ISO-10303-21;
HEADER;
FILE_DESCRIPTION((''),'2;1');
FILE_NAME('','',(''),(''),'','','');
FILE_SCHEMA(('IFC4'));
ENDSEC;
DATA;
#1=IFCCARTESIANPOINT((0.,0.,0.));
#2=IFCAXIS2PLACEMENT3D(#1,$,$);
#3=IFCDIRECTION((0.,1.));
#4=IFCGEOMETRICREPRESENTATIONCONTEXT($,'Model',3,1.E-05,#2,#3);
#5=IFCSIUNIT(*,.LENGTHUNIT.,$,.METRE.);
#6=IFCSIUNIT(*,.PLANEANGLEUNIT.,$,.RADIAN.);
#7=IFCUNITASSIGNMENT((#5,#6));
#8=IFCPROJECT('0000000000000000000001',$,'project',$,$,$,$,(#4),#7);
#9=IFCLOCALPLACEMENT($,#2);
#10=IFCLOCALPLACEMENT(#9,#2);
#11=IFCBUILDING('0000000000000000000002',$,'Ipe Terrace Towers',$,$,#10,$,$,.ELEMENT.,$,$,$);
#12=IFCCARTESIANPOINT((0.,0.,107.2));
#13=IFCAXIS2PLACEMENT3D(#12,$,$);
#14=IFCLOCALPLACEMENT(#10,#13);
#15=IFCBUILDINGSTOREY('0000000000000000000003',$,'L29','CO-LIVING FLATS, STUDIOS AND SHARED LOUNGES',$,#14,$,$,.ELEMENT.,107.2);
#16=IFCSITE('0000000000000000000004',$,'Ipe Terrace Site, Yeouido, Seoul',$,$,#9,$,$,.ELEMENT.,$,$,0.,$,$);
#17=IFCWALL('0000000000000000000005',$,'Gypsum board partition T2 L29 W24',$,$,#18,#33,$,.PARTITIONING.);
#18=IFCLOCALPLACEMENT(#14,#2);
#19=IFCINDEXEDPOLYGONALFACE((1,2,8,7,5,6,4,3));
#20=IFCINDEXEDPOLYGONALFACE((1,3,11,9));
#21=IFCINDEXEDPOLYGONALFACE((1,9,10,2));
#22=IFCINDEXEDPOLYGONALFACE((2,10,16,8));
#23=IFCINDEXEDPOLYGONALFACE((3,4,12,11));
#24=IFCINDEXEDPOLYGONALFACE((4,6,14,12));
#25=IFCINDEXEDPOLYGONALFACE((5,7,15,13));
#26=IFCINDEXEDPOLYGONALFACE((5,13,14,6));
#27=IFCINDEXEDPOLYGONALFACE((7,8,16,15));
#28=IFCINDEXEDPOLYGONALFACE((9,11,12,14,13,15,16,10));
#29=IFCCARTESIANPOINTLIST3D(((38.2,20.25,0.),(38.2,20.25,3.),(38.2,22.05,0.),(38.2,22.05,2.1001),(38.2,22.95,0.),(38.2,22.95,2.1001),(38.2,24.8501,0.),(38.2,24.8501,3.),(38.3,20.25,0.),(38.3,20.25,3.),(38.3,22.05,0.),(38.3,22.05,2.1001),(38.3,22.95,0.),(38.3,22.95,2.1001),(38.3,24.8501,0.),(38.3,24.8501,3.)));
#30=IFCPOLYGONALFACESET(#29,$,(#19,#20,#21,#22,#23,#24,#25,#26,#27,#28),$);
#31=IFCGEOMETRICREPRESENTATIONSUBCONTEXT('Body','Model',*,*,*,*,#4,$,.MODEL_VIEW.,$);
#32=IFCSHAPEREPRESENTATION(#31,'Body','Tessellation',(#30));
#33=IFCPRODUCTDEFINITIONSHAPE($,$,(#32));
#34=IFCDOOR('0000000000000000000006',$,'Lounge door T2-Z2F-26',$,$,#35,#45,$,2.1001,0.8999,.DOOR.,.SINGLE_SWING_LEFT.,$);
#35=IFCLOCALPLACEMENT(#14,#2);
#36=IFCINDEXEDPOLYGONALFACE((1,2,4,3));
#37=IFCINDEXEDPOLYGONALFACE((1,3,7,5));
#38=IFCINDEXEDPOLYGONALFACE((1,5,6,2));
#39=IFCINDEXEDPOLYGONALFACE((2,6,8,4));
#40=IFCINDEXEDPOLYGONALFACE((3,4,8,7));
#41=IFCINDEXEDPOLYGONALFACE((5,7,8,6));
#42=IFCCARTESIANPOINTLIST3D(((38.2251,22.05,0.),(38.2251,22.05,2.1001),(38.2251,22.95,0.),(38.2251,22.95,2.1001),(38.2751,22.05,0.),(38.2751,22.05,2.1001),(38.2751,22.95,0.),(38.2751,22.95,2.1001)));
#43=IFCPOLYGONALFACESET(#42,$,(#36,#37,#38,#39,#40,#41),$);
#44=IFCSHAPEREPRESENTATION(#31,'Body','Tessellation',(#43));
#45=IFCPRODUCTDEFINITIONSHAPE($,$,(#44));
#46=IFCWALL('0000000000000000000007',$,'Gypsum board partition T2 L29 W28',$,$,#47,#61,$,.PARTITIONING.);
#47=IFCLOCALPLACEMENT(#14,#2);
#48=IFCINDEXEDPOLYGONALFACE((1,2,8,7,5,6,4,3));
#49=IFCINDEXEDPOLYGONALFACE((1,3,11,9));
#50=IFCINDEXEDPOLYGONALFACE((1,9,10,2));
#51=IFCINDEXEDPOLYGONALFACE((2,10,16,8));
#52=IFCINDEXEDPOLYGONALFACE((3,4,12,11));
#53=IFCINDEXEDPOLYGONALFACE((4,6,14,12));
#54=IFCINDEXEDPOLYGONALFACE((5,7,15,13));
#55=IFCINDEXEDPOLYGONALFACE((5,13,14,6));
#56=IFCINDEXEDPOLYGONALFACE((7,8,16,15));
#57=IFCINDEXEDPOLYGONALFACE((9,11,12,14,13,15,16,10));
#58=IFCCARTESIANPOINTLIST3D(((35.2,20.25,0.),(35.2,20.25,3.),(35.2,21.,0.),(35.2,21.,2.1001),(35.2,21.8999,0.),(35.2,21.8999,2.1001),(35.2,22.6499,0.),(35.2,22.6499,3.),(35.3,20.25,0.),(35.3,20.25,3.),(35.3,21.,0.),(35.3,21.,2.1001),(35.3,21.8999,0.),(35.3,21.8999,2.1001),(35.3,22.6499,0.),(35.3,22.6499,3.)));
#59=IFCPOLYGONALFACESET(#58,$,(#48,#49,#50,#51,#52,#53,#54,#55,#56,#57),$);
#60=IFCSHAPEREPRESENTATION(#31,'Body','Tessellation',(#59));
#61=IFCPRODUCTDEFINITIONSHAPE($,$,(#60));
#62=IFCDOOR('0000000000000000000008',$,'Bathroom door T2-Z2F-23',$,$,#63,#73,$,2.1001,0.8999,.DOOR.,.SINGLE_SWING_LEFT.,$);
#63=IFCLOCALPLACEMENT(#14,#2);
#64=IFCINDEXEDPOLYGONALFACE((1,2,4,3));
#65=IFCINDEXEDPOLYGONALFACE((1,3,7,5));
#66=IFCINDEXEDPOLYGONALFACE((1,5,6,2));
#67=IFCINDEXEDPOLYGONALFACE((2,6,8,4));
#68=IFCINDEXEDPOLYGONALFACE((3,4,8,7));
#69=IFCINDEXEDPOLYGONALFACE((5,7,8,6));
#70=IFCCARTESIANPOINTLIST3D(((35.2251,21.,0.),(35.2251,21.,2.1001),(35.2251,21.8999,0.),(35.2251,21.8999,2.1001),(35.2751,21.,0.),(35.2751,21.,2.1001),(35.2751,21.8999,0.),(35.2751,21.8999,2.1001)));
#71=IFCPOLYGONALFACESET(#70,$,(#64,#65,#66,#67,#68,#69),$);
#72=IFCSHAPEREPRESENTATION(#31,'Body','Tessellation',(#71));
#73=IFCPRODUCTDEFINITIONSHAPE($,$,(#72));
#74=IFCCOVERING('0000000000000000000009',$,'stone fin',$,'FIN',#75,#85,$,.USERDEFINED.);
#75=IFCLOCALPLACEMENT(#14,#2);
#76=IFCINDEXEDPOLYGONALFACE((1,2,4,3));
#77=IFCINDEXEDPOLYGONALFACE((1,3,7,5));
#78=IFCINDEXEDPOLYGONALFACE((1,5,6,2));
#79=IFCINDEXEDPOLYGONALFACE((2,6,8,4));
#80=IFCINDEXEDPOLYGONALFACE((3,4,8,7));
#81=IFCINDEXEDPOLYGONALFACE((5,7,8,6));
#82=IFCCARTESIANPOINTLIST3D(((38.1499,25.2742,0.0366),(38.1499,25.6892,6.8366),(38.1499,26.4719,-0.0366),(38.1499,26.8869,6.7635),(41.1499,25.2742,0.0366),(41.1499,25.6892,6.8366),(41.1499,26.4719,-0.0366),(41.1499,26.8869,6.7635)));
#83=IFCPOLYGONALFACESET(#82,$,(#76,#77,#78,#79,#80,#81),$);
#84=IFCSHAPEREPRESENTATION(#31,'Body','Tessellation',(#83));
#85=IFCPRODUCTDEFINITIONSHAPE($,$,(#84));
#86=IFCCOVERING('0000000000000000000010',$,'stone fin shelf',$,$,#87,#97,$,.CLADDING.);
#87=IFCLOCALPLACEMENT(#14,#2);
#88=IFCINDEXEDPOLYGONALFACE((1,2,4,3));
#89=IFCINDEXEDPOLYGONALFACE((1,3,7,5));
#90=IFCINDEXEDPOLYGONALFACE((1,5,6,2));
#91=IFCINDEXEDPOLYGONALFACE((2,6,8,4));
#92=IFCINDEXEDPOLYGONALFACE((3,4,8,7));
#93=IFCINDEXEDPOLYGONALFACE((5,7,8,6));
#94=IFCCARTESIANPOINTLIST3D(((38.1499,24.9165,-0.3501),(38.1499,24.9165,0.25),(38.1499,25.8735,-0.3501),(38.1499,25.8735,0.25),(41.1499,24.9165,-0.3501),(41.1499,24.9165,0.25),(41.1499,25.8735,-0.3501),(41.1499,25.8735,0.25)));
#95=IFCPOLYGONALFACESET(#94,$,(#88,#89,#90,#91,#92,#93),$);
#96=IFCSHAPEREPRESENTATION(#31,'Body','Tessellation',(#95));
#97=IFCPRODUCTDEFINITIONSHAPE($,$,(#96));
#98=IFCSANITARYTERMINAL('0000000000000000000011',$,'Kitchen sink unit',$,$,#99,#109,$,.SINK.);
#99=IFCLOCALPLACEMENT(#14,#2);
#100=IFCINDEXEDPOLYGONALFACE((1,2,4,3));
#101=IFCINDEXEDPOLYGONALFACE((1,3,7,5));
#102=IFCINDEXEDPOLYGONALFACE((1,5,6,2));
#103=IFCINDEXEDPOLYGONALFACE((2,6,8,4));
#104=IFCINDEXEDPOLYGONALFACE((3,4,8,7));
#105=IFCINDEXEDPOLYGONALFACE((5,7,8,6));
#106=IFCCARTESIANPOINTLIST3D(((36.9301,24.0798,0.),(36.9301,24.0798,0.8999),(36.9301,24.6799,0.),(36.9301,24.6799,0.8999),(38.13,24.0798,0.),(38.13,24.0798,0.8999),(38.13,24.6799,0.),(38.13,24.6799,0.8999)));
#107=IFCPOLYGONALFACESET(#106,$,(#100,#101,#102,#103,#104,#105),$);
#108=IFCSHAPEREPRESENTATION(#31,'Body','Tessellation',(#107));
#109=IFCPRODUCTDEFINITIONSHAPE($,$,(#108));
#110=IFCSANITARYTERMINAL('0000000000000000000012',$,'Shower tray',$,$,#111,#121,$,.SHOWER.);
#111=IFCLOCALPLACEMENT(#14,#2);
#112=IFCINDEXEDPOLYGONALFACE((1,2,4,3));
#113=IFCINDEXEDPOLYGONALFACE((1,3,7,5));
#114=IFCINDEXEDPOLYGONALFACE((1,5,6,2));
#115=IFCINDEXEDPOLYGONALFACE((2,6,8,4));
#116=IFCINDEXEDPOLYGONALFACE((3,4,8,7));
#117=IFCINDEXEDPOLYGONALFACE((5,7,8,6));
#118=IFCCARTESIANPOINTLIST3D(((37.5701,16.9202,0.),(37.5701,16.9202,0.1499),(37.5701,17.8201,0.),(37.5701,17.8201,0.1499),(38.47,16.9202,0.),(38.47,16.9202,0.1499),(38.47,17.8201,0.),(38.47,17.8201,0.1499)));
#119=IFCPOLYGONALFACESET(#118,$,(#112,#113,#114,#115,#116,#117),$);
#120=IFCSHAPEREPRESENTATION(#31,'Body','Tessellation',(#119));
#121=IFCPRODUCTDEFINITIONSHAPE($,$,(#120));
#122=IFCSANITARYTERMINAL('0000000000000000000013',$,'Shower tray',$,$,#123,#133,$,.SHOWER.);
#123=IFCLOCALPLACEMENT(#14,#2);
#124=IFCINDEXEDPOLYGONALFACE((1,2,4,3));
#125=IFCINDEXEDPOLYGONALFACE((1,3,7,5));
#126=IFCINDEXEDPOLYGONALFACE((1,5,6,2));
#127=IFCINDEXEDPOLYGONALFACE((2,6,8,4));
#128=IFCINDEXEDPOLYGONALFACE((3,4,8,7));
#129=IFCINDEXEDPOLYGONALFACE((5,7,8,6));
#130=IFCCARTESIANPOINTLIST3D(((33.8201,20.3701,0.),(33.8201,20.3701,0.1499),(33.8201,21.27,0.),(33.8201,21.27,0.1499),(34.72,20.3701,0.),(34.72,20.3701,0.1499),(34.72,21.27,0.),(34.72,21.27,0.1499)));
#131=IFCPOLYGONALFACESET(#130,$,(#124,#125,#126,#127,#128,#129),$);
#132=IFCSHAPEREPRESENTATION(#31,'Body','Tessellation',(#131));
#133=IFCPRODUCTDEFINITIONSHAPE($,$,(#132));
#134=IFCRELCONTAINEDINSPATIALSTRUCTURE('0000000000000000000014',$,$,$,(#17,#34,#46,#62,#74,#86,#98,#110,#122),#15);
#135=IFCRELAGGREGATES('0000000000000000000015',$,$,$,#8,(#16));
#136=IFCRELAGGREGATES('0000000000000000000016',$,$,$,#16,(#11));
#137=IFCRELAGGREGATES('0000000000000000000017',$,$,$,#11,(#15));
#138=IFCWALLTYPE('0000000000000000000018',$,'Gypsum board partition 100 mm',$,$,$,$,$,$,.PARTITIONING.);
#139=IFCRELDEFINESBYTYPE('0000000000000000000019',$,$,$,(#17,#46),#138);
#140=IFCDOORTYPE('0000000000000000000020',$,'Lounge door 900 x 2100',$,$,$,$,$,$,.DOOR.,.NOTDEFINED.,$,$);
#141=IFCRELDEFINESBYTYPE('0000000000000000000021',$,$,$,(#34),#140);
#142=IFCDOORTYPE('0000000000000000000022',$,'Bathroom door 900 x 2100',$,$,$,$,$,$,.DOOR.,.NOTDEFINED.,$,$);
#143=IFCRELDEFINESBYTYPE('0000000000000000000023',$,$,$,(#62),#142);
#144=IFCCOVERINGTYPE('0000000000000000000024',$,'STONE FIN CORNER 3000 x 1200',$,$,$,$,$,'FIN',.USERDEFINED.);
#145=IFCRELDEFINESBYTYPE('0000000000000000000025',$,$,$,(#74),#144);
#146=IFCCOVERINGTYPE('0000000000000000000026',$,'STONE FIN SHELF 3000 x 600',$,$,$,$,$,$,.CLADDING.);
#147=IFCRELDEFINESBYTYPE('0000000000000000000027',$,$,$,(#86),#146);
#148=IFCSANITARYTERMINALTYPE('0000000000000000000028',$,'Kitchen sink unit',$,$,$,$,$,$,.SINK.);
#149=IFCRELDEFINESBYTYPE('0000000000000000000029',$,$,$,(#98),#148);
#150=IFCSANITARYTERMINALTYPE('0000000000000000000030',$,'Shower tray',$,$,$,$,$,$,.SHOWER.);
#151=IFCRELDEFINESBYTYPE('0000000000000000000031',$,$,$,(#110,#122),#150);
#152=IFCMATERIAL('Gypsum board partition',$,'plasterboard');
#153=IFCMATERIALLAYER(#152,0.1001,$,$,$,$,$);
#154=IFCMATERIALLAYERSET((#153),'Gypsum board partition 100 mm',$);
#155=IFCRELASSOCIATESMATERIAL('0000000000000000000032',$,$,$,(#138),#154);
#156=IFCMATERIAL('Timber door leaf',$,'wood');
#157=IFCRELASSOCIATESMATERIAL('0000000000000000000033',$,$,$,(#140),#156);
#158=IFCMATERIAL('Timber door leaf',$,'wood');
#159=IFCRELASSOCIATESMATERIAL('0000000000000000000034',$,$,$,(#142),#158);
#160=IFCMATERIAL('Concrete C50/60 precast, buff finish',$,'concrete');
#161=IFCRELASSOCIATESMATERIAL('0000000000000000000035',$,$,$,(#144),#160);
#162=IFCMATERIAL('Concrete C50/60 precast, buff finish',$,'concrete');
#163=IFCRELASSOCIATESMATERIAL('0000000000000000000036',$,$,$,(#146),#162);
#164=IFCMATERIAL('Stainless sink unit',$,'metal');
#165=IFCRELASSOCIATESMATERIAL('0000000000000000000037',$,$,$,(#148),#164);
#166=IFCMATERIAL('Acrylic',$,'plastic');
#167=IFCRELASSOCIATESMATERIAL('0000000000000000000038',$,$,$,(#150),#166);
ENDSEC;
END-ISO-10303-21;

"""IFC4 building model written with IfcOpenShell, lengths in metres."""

from ifc_helpers import new_model, si_unit, direction, frame, frame_2d, origin, origin_2d, place, context, subcontext, project, spatial, rectangle, extrude, material, layer, layer_set, material_profile, profile_set, type_object, element, fill, save


model = new_model("IFC4")

# Units and contexts
model_context = context("Model", 3, precision=1e-05, world=origin(), true_north=direction((0.0, 1.0)))
body_context = subcontext(model_context, "Body", "Model", "MODEL_VIEW")
ifc_project = project(units=[si_unit("LENGTHUNIT", "METRE"), si_unit("PLANEANGLEUNIT", "RADIAN")], contexts=[model_context])

# Site, building, storey
site_placement = place(None, origin())
site = spatial("IfcSite", under=ifc_project, at=site_placement, Name="Ipe Terrace Site, Yeouido, Seoul", CompositionType="ELEMENT", RefElevation=0.0)
building_placement = place(site_placement, origin())
building = spatial("IfcBuilding", under=site, at=building_placement, Name="Ipe Terrace Towers", CompositionType="ELEMENT")
storey_placement = place(building_placement, frame((0.0, 0.0, 107.2)))
storey = spatial("IfcBuildingStorey", under=building, at=storey_placement, Name="L29", Description="CO-LIVING FLATS, STUDIOS AND SHARED LOUNGES", CompositionType="ELEMENT", Elevation=107.2)

# Shared definitions
ifc_material_1 = material(Name="Gypsum board partition", Category="plasterboard")
ifc_layer_1 = layer(ifc_material_1, 0.1001)
ifc_layer_set_1 = layer_set([ifc_layer_1], Name="Gypsum board partition 100 mm")
wall_type_1 = type_object("IfcWallType", Name="Gypsum board partition 100 mm", PredefinedType="PARTITIONING", material=ifc_layer_set_1)

# Walls, openings, doors
wall_1_placement = place(storey_placement, frame((38.25, 20.25, 0.0), z_axis=(0.0, 0.0, 1.0), x_axis=(0.0, 1.0, 0.0)))
wall_1 = element("IfcWall", 1, at=wall_1_placement, inside=storey, type_object=wall_type_1, Name="Gypsum board partition T2 L29 W24", PredefinedType="PARTITIONING", context=body_context, shape_type="SweptSolid", body=[
    extrude(rectangle(XDim=4.6001, YDim=0.1001, at=frame_2d((2.3, 0.0))), origin(), (0.0, 0.0, 1.0), 3.0),
])
opening_1_placement = place(wall_1_placement, frame((1.8, 0.0, 0.0)))
opening_1 = element("IfcOpeningElement", 2, at=opening_1_placement, cuts=wall_1, PredefinedType="OPENING", context=body_context, shape_type="SweptSolid", body=[
    extrude(rectangle(XDim=0.8999, YDim=2.1001, at=frame_2d((0.45, 1.05))), frame((0.0, 0.0601, 0.0), z_axis=(0.0, -1.0, 0.0), x_axis=(1.0, 0.0, 0.0)), (0.0, 0.0, 1.0), 0.1201),
])
ifc_material_2 = material(Name="Timber door leaf", Category="wood")
door_type_1 = type_object("IfcDoorType", Name="Lounge door 900 x 2100", OperationType="NOTDEFINED", PredefinedType="DOOR", material=ifc_material_2)
door_1_placement = place(opening_1_placement, origin())
door_1 = element("IfcDoor", 3, at=door_1_placement, inside=storey, type_object=door_type_1, Name="Lounge door T2-Z2F-26", OperationType="SINGLE_SWING_LEFT", OverallHeight=2.1001, OverallWidth=0.8999, PredefinedType="DOOR", context=body_context, shape_type="SweptSolid", body=[
    extrude(rectangle(XDim=0.8999, YDim=2.1001, at=frame_2d((0.45, 1.05))), frame((0.0, 0.0249, 0.0), z_axis=(0.0, -1.0, 0.0), x_axis=(1.0, 0.0, 0.0)), (0.0, 0.0, 1.0), 0.05),
])
fill(opening_1, door_1)
wall_2_placement = place(storey_placement, frame((35.25, 20.25, 0.0), z_axis=(0.0, 0.0, 1.0), x_axis=(0.0, 1.0, 0.0)))
wall_2 = element("IfcWall", 4, at=wall_2_placement, inside=storey, type_object=wall_type_1, Name="Gypsum board partition T2 L29 W28", PredefinedType="PARTITIONING", context=body_context, shape_type="SweptSolid", body=[
    extrude(rectangle(XDim=2.3999, YDim=0.1001, at=frame_2d((1.2, 0.0))), origin(), (0.0, 0.0, 1.0), 3.0),
])
opening_2_placement = place(wall_2_placement, frame((0.75, 0.0, 0.0)))
opening_2 = element("IfcOpeningElement", 5, at=opening_2_placement, cuts=wall_2, PredefinedType="OPENING", context=body_context, shape_type="SweptSolid", body=[
    extrude(rectangle(XDim=0.8999, YDim=2.1001, at=frame_2d((0.45, 1.05))), frame((0.0, 0.0601, 0.0), z_axis=(0.0, -1.0, 0.0), x_axis=(1.0, 0.0, 0.0)), (0.0, 0.0, 1.0), 0.1201),
])
ifc_material_3 = material(Name="Timber door leaf", Category="wood")
door_type_2 = type_object("IfcDoorType", Name="Bathroom door 900 x 2100", OperationType="NOTDEFINED", PredefinedType="DOOR", material=ifc_material_3)
door_2_placement = place(opening_2_placement, origin())
door_2 = element("IfcDoor", 6, at=door_2_placement, inside=storey, type_object=door_type_2, Name="Bathroom door T2-Z2F-23", OperationType="SINGLE_SWING_LEFT", OverallHeight=2.1001, OverallWidth=0.8999, PredefinedType="DOOR", context=body_context, shape_type="SweptSolid", body=[
    extrude(rectangle(XDim=0.8999, YDim=2.1001, at=frame_2d((0.45, 1.05))), frame((0.0, 0.0249, 0.0), z_axis=(0.0, -1.0, 0.0), x_axis=(1.0, 0.0, 0.0)), (0.0, 0.0, 1.0), 0.05),
])
fill(opening_2, door_2)

# Coverings
ifc_material_4 = material(Name="Concrete C50/60 precast, buff finish", Category="concrete")
ifc_material_profile_1 = material_profile(ifc_material_4, rectangle(XDim=3.0, YDim=1.2, at=origin_2d()), Name="STONE FIN CORNER 3000 x 1200")
ifc_profile_set_1 = profile_set([ifc_material_profile_1], Name="Concrete C50/60 precast, buff finish")
covering_type_1 = type_object("IfcCoveringType", Name="STONE FIN CORNER 3000 x 1200", ElementType="FIN", PredefinedType="USERDEFINED", material=ifc_profile_set_1)
covering_1_placement = place(storey_placement, frame((39.6499, 25.873, 0.0), z_axis=(0.0, 0.060921, 0.998143), x_axis=(-1.0, 0.0, 0.0)))
element("IfcCovering", 7, at=covering_1_placement, inside=storey, type_object=covering_type_1, Name="stone fin", ObjectType="FIN", PredefinedType="USERDEFINED", context=body_context, shape_type="SweptSolid", body=[
    extrude(rectangle(XDim=3.0, YDim=1.2, at=origin_2d()), origin(), (0.0, 0.0, 1.0), 6.8127),
])
ifc_material_5 = material(Name="Concrete C50/60 precast, buff finish", Category="concrete")
covering_type_2 = type_object("IfcCoveringType", Name="STONE FIN SHELF 3000 x 600", PredefinedType="CLADDING", material=ifc_material_5)
covering_2_placement = place(storey_placement, frame((39.6499, 25.395, -0.3501), z_axis=(0.0, 0.0, 1.0), x_axis=(-1.0, 0.0, 0.0)))
element("IfcCovering", 8, at=covering_2_placement, inside=storey, type_object=covering_type_2, Name="stone fin shelf", PredefinedType="CLADDING", context=body_context, shape_type="SweptSolid", body=[
    extrude(rectangle(XDim=3.0, YDim=0.957, at=origin_2d()), origin(), (0.0, 0.0, 1.0), 0.6001),
])

# Sanitary terminals
ifc_material_6 = material(Name="Stainless sink unit", Category="metal")
sanitary_terminal_type_1 = type_object("IfcSanitaryTerminalType", Name="Kitchen sink unit", PredefinedType="SINK", material=ifc_material_6)
sanitary_terminal_placement = place(storey_placement, frame((37.53, 24.3799, 0.0), z_axis=(0.0, 0.0, 1.0), x_axis=(1.0, 0.0, 0.0)))
element("IfcSanitaryTerminal", 9, at=sanitary_terminal_placement, inside=storey, type_object=sanitary_terminal_type_1, Name="Kitchen sink unit", PredefinedType="SINK", context=body_context, shape_type="SweptSolid", body=[
    extrude(rectangle(XDim=1.2, YDim=0.6001, at=origin_2d()), origin(), (0.0, 0.0, 1.0), 0.8999),
])
ifc_material_7 = material(Name="Acrylic", Category="plastic")
sanitary_terminal_type_2 = type_object("IfcSanitaryTerminalType", Name="Shower tray", PredefinedType="SHOWER", material=ifc_material_7)
for number, where, z_axis, x_axis, name in (
    (10, (38.02, 17.3701, 0.0), (0.0, 0.0, 1.0), (1.0, 0.0, 0.0), "Shower tray"),
    (11, (34.27, 20.8201, 0.0), (0.0, 0.0, 1.0), (1.0, 0.0, 0.0), "Shower tray"),
):
    element("IfcSanitaryTerminal", number, at=place(storey_placement, frame(where, z_axis=z_axis, x_axis=x_axis)), inside=storey, type_object=sanitary_terminal_type_2, Name=name, PredefinedType="SHOWER", context=body_context, shape_type="SweptSolid", body=[
        extrude(rectangle(XDim=0.8999, YDim=0.8999, at=origin_2d()), origin(), (0.0, 0.0, 1.0), 0.1499),
    ])

save(model, "model.ifc")
